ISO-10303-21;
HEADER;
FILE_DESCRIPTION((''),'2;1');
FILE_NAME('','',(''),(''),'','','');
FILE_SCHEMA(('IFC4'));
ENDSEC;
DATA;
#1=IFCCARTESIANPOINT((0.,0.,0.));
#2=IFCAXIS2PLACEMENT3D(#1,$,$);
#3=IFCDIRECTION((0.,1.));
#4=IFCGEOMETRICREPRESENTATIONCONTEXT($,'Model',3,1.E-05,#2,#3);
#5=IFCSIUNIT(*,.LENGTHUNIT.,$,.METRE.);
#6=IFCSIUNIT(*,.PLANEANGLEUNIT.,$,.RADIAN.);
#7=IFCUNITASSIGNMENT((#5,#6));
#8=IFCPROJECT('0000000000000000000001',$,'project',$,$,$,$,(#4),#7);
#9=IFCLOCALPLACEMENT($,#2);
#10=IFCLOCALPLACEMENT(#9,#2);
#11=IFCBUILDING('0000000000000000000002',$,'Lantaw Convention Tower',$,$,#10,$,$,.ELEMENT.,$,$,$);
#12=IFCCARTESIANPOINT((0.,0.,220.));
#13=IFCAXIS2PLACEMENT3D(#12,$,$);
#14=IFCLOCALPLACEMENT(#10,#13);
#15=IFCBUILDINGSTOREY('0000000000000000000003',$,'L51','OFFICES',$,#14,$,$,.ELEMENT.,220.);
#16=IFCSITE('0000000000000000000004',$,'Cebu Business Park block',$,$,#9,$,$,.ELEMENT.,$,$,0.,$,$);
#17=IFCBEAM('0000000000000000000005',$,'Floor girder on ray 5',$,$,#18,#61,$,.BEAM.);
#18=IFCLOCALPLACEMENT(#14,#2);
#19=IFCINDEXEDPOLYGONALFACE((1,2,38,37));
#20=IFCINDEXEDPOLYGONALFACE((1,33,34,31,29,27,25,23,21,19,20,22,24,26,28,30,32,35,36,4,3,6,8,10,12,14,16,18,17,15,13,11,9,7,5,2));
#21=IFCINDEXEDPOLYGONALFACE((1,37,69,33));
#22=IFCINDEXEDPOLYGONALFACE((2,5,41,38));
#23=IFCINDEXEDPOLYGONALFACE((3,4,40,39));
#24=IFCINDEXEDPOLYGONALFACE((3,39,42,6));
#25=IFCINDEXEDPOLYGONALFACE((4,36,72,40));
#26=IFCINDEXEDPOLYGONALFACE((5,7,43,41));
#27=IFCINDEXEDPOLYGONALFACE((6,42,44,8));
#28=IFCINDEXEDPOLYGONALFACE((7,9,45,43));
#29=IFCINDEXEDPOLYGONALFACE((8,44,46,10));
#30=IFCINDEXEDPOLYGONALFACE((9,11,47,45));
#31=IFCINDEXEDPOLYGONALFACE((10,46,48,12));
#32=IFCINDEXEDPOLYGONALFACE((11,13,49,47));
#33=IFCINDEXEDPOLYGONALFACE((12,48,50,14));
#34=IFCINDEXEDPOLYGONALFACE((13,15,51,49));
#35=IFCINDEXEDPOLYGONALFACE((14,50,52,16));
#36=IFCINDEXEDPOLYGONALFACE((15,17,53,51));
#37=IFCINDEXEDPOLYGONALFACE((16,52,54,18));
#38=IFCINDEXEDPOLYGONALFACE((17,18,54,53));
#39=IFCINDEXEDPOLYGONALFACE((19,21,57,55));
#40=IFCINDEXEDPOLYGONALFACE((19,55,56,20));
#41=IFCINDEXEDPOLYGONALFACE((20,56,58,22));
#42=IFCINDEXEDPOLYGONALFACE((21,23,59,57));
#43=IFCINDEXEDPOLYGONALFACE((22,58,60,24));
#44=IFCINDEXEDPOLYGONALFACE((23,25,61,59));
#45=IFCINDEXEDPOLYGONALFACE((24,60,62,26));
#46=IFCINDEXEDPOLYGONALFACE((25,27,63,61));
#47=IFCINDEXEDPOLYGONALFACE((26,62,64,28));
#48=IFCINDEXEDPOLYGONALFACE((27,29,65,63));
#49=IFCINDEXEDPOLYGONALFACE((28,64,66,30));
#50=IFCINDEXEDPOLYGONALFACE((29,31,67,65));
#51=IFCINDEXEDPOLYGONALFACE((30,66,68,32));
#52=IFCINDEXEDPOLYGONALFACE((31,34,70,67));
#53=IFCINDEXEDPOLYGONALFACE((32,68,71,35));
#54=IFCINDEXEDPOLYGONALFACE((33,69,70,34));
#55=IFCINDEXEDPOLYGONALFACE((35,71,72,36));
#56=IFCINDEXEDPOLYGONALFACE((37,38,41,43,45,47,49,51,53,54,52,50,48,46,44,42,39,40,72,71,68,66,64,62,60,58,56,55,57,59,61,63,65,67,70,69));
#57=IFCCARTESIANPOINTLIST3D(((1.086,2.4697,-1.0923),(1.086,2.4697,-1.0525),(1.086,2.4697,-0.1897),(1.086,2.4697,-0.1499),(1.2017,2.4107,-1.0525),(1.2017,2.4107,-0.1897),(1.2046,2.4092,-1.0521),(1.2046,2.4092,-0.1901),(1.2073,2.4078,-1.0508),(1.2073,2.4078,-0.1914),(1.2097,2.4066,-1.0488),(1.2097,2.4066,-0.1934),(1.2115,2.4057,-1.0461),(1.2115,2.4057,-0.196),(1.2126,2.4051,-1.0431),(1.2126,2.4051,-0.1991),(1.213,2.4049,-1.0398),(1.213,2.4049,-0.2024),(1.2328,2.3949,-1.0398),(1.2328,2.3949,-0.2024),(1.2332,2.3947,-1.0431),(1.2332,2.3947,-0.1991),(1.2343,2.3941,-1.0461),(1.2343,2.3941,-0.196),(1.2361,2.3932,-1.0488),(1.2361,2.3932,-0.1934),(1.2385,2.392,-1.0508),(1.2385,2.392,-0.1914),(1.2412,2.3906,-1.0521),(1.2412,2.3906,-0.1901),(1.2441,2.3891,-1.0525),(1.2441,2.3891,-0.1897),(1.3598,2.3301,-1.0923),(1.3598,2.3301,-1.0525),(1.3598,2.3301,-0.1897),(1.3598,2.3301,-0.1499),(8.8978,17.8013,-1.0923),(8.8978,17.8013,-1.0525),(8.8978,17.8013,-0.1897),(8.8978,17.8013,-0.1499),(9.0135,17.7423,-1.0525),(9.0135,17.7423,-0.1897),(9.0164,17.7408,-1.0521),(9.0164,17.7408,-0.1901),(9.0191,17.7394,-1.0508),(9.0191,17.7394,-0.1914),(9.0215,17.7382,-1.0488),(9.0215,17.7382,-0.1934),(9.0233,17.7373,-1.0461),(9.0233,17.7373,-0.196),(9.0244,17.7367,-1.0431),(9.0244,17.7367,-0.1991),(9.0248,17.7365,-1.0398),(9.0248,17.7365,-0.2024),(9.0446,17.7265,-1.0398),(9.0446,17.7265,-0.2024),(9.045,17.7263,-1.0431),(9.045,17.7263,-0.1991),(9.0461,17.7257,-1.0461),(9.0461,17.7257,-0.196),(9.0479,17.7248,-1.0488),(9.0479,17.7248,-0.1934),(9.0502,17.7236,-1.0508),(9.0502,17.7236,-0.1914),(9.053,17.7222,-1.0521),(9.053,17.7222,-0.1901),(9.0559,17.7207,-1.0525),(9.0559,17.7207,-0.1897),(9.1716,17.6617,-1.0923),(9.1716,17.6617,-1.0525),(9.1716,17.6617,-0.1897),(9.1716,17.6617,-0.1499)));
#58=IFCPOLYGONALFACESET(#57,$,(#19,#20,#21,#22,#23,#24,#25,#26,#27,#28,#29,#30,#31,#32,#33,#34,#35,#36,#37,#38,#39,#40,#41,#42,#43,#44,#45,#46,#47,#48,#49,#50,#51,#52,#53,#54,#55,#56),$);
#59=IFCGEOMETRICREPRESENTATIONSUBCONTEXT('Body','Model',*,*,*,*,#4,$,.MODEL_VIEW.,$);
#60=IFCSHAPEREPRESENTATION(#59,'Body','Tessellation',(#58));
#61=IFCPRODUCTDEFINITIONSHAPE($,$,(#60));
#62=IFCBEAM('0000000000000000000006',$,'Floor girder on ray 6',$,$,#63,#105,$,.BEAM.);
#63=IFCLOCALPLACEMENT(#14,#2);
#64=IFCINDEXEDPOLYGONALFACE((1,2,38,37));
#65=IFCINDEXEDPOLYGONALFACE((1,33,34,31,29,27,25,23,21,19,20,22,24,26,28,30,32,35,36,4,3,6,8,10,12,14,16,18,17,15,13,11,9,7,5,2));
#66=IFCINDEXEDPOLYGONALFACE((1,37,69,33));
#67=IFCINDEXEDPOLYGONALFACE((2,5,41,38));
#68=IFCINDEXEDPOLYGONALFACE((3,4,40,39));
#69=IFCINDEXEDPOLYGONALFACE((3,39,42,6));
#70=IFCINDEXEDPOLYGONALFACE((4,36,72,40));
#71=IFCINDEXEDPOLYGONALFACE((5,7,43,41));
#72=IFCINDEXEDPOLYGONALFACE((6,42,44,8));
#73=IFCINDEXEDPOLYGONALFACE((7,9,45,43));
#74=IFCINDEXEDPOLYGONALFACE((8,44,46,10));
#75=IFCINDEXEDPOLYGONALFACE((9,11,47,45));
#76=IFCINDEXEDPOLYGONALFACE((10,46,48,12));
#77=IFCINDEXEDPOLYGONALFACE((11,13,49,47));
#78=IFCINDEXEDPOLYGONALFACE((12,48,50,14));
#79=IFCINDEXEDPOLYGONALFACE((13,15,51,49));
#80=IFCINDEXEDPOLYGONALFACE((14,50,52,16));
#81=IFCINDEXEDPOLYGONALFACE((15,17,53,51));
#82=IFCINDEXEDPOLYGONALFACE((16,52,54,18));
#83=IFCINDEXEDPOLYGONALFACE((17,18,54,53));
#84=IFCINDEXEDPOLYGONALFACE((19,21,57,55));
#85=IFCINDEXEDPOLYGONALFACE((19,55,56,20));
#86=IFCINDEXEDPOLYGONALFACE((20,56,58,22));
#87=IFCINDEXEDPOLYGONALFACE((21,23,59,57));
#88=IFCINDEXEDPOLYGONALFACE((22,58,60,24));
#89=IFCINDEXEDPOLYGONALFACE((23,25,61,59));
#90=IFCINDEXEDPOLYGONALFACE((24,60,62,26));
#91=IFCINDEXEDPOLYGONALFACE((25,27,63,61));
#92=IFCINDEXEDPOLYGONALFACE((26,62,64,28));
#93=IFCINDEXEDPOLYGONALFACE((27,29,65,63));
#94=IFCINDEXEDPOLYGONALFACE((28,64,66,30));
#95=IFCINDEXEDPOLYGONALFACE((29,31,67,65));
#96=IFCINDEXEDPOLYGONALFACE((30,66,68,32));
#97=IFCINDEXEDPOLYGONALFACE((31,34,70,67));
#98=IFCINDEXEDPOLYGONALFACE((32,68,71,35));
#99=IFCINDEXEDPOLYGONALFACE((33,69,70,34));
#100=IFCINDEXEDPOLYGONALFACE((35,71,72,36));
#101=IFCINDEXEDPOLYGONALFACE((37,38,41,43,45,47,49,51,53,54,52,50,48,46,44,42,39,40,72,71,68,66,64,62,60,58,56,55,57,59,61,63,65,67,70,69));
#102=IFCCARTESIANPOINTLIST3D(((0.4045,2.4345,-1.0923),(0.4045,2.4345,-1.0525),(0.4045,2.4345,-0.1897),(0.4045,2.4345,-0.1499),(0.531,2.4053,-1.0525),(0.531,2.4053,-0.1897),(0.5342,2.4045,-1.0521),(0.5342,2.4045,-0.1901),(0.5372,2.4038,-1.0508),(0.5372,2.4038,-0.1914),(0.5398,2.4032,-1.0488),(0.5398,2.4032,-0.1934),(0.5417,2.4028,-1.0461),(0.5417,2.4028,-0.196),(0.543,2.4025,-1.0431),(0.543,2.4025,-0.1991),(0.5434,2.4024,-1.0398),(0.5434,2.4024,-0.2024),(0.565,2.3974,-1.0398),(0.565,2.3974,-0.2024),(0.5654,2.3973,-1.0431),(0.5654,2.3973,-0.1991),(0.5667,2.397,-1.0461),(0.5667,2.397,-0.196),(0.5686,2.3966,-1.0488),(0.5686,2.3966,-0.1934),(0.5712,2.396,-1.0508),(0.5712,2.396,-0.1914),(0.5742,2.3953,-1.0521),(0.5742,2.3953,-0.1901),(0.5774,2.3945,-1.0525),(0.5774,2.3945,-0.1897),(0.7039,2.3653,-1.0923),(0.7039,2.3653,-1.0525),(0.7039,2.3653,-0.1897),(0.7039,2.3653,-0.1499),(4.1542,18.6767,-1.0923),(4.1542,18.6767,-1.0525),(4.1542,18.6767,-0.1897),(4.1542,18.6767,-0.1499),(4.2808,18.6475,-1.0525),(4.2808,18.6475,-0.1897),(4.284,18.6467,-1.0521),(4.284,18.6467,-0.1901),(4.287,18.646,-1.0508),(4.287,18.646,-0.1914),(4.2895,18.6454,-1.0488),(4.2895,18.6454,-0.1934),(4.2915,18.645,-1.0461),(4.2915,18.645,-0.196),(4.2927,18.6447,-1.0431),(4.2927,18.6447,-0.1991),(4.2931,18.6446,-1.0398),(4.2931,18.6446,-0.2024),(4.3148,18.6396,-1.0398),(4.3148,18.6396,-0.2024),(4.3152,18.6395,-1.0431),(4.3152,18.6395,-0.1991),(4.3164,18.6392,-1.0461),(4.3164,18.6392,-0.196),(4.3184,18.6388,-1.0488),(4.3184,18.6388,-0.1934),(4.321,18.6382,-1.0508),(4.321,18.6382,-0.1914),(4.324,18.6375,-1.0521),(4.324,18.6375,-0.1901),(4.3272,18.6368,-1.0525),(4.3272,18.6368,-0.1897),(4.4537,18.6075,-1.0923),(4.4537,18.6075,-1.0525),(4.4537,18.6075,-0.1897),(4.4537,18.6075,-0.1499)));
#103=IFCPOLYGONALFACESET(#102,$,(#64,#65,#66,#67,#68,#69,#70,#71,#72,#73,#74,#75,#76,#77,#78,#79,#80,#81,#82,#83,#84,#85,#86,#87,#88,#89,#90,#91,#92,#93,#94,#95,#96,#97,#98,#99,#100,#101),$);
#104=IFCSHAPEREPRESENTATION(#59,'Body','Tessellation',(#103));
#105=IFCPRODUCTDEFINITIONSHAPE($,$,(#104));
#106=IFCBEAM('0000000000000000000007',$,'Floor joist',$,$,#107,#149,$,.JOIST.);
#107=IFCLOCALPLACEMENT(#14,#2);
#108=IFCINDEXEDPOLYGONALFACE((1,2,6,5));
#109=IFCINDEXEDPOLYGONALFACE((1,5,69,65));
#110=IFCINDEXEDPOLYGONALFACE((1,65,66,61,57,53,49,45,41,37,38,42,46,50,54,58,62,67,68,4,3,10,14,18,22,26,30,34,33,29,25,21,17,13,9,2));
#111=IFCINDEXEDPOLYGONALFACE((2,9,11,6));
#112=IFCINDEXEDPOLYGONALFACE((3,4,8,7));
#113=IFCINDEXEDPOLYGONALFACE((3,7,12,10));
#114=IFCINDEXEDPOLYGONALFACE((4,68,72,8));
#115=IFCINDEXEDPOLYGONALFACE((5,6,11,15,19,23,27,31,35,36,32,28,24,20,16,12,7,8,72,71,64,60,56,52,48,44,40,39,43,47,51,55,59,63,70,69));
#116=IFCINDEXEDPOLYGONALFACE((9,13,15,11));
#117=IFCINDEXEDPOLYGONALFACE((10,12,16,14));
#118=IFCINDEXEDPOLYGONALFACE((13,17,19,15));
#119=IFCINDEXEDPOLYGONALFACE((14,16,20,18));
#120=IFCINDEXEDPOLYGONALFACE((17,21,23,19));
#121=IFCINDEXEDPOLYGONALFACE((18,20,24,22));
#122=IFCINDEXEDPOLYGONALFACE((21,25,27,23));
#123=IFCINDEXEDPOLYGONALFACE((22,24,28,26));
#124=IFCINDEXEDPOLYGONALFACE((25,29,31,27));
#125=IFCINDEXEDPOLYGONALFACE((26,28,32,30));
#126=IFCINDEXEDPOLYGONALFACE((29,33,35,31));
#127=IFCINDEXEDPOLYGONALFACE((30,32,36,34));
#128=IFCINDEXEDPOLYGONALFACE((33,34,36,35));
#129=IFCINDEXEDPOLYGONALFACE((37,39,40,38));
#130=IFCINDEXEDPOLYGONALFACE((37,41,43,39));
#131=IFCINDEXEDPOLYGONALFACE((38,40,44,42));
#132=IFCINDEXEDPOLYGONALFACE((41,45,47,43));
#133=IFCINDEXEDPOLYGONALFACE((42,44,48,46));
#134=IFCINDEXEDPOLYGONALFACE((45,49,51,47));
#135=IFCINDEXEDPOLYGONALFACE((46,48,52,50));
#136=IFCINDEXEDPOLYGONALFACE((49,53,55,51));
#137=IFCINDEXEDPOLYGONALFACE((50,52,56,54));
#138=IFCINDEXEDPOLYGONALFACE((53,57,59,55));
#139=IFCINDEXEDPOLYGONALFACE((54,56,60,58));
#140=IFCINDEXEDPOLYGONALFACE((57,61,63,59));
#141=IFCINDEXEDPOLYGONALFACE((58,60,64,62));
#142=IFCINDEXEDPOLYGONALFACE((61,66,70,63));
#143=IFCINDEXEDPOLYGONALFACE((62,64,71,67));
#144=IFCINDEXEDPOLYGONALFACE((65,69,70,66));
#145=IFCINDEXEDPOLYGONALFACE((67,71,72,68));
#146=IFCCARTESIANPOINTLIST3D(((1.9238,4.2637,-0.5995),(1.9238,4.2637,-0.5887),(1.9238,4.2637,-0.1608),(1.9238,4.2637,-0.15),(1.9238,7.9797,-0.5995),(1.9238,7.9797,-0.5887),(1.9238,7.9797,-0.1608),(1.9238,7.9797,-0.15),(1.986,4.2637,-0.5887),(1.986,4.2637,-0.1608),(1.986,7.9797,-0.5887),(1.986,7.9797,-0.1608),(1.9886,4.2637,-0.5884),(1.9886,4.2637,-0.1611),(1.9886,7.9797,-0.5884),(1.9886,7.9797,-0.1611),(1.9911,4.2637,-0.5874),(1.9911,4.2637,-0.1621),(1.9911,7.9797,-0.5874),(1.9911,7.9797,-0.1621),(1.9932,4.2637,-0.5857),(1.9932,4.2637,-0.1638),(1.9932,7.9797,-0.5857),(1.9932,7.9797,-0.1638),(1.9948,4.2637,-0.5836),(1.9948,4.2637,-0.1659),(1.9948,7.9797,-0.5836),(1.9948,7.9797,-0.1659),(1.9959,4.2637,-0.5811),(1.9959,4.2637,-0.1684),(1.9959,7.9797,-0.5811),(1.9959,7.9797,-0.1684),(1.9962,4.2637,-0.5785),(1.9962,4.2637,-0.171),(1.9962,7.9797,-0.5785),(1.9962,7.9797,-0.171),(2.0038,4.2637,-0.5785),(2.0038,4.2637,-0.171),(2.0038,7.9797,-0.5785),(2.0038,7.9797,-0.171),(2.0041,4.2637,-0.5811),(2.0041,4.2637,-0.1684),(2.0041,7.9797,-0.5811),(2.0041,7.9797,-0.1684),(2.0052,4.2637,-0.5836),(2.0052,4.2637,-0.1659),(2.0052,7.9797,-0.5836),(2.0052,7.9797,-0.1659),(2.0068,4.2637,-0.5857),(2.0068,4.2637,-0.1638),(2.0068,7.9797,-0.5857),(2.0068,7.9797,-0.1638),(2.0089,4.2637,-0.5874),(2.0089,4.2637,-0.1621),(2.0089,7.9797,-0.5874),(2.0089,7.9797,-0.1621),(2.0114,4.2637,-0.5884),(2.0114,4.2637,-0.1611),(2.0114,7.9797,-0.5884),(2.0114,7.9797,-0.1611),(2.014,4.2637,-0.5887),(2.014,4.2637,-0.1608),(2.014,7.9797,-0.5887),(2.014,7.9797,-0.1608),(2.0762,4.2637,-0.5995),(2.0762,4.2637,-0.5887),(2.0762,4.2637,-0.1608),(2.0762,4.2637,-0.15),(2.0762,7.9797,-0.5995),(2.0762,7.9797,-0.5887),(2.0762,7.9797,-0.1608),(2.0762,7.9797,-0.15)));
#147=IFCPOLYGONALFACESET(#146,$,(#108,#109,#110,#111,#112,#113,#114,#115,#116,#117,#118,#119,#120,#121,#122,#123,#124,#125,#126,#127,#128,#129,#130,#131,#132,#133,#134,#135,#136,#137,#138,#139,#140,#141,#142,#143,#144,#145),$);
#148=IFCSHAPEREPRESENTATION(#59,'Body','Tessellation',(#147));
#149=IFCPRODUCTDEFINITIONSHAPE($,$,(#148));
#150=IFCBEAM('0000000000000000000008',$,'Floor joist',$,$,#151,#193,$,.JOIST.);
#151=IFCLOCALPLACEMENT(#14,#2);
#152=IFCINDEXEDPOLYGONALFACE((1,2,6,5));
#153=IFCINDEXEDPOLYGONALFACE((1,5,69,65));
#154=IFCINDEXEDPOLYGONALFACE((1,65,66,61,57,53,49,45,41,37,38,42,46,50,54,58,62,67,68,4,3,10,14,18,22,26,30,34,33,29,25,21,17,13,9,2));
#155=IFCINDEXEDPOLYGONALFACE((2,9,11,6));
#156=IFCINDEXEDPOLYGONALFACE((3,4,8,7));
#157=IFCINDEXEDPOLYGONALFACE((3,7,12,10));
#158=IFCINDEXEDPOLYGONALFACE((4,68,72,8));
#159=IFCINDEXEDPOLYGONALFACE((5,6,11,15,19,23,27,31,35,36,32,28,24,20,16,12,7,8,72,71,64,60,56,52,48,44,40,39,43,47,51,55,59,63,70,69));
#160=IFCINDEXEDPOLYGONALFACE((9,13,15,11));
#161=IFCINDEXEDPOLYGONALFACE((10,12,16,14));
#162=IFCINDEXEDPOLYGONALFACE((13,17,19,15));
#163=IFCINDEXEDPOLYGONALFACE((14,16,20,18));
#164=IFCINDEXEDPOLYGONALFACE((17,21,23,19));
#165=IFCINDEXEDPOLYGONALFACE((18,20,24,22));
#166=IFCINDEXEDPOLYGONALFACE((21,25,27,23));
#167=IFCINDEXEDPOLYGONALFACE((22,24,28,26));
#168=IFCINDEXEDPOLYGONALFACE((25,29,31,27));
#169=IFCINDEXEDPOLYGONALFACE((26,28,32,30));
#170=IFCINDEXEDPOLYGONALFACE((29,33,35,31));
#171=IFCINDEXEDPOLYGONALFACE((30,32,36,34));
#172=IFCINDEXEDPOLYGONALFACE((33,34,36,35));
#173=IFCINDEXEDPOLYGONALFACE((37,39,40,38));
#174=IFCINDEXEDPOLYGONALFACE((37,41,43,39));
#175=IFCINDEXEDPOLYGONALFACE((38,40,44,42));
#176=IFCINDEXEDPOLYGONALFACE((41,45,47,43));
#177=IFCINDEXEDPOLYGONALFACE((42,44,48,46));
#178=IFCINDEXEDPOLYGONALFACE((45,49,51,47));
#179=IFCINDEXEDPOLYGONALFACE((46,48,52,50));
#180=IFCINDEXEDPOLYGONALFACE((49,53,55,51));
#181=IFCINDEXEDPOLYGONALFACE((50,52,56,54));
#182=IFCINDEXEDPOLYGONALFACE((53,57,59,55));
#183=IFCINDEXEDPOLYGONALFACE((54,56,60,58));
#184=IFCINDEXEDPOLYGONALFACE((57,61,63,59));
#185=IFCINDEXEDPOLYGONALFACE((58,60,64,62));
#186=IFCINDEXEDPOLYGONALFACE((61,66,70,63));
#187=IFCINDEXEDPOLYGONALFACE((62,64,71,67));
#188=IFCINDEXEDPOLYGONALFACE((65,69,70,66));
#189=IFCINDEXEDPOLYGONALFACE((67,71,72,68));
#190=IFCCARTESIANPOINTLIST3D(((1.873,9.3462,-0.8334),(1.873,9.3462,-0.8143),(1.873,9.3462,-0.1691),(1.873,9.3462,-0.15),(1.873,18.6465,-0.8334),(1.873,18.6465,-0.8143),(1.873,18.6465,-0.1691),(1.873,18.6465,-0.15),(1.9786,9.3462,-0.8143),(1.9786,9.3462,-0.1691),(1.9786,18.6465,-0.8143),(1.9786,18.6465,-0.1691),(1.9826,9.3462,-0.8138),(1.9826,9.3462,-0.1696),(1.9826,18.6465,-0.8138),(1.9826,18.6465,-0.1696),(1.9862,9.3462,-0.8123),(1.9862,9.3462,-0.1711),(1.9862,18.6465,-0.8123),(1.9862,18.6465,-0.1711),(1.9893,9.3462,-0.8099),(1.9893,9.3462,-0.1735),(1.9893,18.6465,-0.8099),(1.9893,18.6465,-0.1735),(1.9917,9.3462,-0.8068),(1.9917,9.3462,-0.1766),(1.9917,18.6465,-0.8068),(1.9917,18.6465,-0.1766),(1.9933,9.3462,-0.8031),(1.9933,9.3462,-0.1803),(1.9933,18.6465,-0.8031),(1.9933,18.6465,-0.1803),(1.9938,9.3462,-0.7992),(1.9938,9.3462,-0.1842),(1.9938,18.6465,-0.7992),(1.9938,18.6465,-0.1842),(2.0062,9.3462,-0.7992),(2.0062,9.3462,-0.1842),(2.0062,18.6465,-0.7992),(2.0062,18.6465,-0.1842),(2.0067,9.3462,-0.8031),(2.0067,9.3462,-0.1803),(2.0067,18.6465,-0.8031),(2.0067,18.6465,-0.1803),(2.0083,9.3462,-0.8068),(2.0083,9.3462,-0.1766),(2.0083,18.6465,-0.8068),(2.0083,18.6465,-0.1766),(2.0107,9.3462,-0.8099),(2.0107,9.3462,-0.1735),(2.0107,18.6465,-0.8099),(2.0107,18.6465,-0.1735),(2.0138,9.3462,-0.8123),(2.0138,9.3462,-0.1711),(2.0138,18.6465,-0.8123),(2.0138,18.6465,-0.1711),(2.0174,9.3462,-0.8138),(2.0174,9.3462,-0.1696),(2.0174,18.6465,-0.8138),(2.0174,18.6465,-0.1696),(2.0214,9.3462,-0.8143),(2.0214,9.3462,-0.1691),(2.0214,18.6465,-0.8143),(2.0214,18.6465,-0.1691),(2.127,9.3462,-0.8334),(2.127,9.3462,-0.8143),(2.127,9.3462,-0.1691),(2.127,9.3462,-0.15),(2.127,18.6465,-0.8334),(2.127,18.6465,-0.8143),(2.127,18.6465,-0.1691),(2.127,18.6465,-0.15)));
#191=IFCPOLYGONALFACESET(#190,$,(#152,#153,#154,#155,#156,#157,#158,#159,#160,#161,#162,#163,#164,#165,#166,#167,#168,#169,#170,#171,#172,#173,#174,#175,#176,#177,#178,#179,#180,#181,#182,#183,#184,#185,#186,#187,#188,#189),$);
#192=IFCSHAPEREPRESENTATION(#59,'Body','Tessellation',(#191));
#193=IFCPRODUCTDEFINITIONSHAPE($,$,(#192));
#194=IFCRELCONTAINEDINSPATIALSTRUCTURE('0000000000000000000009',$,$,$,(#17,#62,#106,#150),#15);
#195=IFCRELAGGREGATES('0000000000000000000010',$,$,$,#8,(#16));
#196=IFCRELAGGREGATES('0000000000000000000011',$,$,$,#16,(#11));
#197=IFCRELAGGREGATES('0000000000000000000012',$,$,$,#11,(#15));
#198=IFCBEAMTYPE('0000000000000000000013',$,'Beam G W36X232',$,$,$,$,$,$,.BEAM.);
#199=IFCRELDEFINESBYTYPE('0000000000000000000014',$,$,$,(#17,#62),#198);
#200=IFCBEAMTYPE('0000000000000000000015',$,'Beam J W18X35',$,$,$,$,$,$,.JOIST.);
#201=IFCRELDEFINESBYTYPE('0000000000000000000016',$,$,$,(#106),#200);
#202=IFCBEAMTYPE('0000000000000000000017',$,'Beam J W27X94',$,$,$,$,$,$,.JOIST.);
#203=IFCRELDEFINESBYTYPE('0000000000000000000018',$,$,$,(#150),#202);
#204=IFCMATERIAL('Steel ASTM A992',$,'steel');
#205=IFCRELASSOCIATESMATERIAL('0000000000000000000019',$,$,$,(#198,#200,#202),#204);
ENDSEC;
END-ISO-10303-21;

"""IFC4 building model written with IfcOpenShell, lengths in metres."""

from ifc_helpers import new_model, si_unit, direction, frame, origin, origin_2d, place, context, subcontext, project, spatial, i_section, extrude, material, material_profile, profile_set, type_object, element, save


model = new_model("IFC4")

# Units and contexts
model_context = context("Model", 3, precision=1e-05, world=origin(), true_north=direction((0.0, 1.0)))
body_context = subcontext(model_context, "Body", "Model", "MODEL_VIEW")
ifc_project = project(units=[si_unit("LENGTHUNIT", "METRE"), si_unit("PLANEANGLEUNIT", "RADIAN")], contexts=[model_context])

# Site, building, storey
site_placement = place(None, origin())
site = spatial("IfcSite", under=ifc_project, at=site_placement, Name="Cebu Business Park block", CompositionType="ELEMENT", RefElevation=0.0)
building_placement = place(site_placement, origin())
building = spatial("IfcBuilding", under=site, at=building_placement, Name="Lantaw Convention Tower", CompositionType="ELEMENT")
storey_placement = place(building_placement, frame((0.0, 0.0, 220.0)))
storey = spatial("IfcBuildingStorey", under=building, at=storey_placement, Name="L51", Description="OFFICES", CompositionType="ELEMENT", Elevation=220.0)

# Beams
ifc_material_1 = material(Name="Steel ASTM A992", Category="steel")
ifc_material_profile_1 = material_profile(ifc_material_1, i_section(OverallWidth=0.3074, OverallDepth=0.9424, WebThickness=0.0222, FlangeThickness=0.0398, FilletRadius=0.0127, at=origin_2d()), Name="W36X232")
ifc_profile_set_1 = profile_set([ifc_material_profile_1], Name="Steel ASTM A992")
beam_type_1 = type_object("IfcBeamType", Name="Beam G W36X232", PredefinedType="BEAM", material=ifc_profile_set_1)
beam_1_placement = place(storey_placement, frame((1.2229, 2.3999, -0.6211), z_axis=(0.453988, 0.891008, 0.0), x_axis=(-0.891008, 0.453988, 0.0)))
element("IfcBeam", 1, at=beam_1_placement, inside=storey, type_object=beam_type_1, Name="Floor girder on ray 5", PredefinedType="BEAM", context=body_context, shape_type="SweptSolid", body=[
    extrude(i_section(OverallWidth=0.3074, OverallDepth=0.9424, WebThickness=0.0222, FlangeThickness=0.0398, FilletRadius=0.0127, at=origin_2d()), origin(), (0.0, 0.0, 1.0), 17.207),
])
beam_2_placement = place(storey_placement, frame((0.5542, 2.3999, -0.6211), z_axis=(0.224948, 0.974371, 0.0), x_axis=(-0.974371, 0.224948, 0.0)))
element("IfcBeam", 2, at=beam_2_placement, inside=storey, type_object=beam_type_1, Name="Floor girder on ray 6", PredefinedType="BEAM", context=body_context, shape_type="SweptSolid", body=[
    extrude(i_section(OverallWidth=0.3074, OverallDepth=0.9424, WebThickness=0.0222, FlangeThickness=0.0398, FilletRadius=0.0127, at=origin_2d()), origin(), (0.0, 0.0, 1.0), 16.6694),
])
ifc_material_profile_2 = material_profile(ifc_material_1, i_section(OverallWidth=0.1523, OverallDepth=0.4495, WebThickness=0.0076, FlangeThickness=0.0107, FilletRadius=0.0103, at=origin_2d()), Name="W18X35")
ifc_profile_set_2 = profile_set([ifc_material_profile_2], Name="Steel ASTM A992")
beam_type_2 = type_object("IfcBeamType", Name="Beam J W18X35", PredefinedType="JOIST", material=ifc_profile_set_2)
beam_3_placement = place(storey_placement, frame((2.0, 4.2637, -0.3748), z_axis=(0.0, 1.0, 0.0), x_axis=(-1.0, 0.0, 0.0)))
element("IfcBeam", 3, at=beam_3_placement, inside=storey, type_object=beam_type_2, Name="Floor joist", PredefinedType="JOIST", context=body_context, shape_type="SweptSolid", body=[
    extrude(i_section(OverallWidth=0.1523, OverallDepth=0.4495, WebThickness=0.0076, FlangeThickness=0.0107, FilletRadius=0.0103, at=origin_2d()), origin(), (0.0, 0.0, 1.0), 3.7161),
])
ifc_material_profile_3 = material_profile(ifc_material_1, i_section(OverallWidth=0.2539, OverallDepth=0.6833, WebThickness=0.0125, FlangeThickness=0.019, FilletRadius=0.0151, at=origin_2d()), Name="W27X94")
ifc_profile_set_3 = profile_set([ifc_material_profile_3], Name="Steel ASTM A992")
beam_type_3 = type_object("IfcBeamType", Name="Beam J W27X94", PredefinedType="JOIST", material=ifc_profile_set_3)
beam_4_placement = place(storey_placement, frame((2.0, 9.3462, -0.4917), z_axis=(0.0, 1.0, 0.0), x_axis=(-1.0, 0.0, 0.0)))
element("IfcBeam", 4, at=beam_4_placement, inside=storey, type_object=beam_type_3, Name="Floor joist", PredefinedType="JOIST", context=body_context, shape_type="SweptSolid", body=[
    extrude(i_section(OverallWidth=0.2539, OverallDepth=0.6833, WebThickness=0.0125, FlangeThickness=0.019, FilletRadius=0.0151, at=origin_2d()), origin(), (0.0, 0.0, 1.0), 9.3003),
])

save(model, "model.ifc")
